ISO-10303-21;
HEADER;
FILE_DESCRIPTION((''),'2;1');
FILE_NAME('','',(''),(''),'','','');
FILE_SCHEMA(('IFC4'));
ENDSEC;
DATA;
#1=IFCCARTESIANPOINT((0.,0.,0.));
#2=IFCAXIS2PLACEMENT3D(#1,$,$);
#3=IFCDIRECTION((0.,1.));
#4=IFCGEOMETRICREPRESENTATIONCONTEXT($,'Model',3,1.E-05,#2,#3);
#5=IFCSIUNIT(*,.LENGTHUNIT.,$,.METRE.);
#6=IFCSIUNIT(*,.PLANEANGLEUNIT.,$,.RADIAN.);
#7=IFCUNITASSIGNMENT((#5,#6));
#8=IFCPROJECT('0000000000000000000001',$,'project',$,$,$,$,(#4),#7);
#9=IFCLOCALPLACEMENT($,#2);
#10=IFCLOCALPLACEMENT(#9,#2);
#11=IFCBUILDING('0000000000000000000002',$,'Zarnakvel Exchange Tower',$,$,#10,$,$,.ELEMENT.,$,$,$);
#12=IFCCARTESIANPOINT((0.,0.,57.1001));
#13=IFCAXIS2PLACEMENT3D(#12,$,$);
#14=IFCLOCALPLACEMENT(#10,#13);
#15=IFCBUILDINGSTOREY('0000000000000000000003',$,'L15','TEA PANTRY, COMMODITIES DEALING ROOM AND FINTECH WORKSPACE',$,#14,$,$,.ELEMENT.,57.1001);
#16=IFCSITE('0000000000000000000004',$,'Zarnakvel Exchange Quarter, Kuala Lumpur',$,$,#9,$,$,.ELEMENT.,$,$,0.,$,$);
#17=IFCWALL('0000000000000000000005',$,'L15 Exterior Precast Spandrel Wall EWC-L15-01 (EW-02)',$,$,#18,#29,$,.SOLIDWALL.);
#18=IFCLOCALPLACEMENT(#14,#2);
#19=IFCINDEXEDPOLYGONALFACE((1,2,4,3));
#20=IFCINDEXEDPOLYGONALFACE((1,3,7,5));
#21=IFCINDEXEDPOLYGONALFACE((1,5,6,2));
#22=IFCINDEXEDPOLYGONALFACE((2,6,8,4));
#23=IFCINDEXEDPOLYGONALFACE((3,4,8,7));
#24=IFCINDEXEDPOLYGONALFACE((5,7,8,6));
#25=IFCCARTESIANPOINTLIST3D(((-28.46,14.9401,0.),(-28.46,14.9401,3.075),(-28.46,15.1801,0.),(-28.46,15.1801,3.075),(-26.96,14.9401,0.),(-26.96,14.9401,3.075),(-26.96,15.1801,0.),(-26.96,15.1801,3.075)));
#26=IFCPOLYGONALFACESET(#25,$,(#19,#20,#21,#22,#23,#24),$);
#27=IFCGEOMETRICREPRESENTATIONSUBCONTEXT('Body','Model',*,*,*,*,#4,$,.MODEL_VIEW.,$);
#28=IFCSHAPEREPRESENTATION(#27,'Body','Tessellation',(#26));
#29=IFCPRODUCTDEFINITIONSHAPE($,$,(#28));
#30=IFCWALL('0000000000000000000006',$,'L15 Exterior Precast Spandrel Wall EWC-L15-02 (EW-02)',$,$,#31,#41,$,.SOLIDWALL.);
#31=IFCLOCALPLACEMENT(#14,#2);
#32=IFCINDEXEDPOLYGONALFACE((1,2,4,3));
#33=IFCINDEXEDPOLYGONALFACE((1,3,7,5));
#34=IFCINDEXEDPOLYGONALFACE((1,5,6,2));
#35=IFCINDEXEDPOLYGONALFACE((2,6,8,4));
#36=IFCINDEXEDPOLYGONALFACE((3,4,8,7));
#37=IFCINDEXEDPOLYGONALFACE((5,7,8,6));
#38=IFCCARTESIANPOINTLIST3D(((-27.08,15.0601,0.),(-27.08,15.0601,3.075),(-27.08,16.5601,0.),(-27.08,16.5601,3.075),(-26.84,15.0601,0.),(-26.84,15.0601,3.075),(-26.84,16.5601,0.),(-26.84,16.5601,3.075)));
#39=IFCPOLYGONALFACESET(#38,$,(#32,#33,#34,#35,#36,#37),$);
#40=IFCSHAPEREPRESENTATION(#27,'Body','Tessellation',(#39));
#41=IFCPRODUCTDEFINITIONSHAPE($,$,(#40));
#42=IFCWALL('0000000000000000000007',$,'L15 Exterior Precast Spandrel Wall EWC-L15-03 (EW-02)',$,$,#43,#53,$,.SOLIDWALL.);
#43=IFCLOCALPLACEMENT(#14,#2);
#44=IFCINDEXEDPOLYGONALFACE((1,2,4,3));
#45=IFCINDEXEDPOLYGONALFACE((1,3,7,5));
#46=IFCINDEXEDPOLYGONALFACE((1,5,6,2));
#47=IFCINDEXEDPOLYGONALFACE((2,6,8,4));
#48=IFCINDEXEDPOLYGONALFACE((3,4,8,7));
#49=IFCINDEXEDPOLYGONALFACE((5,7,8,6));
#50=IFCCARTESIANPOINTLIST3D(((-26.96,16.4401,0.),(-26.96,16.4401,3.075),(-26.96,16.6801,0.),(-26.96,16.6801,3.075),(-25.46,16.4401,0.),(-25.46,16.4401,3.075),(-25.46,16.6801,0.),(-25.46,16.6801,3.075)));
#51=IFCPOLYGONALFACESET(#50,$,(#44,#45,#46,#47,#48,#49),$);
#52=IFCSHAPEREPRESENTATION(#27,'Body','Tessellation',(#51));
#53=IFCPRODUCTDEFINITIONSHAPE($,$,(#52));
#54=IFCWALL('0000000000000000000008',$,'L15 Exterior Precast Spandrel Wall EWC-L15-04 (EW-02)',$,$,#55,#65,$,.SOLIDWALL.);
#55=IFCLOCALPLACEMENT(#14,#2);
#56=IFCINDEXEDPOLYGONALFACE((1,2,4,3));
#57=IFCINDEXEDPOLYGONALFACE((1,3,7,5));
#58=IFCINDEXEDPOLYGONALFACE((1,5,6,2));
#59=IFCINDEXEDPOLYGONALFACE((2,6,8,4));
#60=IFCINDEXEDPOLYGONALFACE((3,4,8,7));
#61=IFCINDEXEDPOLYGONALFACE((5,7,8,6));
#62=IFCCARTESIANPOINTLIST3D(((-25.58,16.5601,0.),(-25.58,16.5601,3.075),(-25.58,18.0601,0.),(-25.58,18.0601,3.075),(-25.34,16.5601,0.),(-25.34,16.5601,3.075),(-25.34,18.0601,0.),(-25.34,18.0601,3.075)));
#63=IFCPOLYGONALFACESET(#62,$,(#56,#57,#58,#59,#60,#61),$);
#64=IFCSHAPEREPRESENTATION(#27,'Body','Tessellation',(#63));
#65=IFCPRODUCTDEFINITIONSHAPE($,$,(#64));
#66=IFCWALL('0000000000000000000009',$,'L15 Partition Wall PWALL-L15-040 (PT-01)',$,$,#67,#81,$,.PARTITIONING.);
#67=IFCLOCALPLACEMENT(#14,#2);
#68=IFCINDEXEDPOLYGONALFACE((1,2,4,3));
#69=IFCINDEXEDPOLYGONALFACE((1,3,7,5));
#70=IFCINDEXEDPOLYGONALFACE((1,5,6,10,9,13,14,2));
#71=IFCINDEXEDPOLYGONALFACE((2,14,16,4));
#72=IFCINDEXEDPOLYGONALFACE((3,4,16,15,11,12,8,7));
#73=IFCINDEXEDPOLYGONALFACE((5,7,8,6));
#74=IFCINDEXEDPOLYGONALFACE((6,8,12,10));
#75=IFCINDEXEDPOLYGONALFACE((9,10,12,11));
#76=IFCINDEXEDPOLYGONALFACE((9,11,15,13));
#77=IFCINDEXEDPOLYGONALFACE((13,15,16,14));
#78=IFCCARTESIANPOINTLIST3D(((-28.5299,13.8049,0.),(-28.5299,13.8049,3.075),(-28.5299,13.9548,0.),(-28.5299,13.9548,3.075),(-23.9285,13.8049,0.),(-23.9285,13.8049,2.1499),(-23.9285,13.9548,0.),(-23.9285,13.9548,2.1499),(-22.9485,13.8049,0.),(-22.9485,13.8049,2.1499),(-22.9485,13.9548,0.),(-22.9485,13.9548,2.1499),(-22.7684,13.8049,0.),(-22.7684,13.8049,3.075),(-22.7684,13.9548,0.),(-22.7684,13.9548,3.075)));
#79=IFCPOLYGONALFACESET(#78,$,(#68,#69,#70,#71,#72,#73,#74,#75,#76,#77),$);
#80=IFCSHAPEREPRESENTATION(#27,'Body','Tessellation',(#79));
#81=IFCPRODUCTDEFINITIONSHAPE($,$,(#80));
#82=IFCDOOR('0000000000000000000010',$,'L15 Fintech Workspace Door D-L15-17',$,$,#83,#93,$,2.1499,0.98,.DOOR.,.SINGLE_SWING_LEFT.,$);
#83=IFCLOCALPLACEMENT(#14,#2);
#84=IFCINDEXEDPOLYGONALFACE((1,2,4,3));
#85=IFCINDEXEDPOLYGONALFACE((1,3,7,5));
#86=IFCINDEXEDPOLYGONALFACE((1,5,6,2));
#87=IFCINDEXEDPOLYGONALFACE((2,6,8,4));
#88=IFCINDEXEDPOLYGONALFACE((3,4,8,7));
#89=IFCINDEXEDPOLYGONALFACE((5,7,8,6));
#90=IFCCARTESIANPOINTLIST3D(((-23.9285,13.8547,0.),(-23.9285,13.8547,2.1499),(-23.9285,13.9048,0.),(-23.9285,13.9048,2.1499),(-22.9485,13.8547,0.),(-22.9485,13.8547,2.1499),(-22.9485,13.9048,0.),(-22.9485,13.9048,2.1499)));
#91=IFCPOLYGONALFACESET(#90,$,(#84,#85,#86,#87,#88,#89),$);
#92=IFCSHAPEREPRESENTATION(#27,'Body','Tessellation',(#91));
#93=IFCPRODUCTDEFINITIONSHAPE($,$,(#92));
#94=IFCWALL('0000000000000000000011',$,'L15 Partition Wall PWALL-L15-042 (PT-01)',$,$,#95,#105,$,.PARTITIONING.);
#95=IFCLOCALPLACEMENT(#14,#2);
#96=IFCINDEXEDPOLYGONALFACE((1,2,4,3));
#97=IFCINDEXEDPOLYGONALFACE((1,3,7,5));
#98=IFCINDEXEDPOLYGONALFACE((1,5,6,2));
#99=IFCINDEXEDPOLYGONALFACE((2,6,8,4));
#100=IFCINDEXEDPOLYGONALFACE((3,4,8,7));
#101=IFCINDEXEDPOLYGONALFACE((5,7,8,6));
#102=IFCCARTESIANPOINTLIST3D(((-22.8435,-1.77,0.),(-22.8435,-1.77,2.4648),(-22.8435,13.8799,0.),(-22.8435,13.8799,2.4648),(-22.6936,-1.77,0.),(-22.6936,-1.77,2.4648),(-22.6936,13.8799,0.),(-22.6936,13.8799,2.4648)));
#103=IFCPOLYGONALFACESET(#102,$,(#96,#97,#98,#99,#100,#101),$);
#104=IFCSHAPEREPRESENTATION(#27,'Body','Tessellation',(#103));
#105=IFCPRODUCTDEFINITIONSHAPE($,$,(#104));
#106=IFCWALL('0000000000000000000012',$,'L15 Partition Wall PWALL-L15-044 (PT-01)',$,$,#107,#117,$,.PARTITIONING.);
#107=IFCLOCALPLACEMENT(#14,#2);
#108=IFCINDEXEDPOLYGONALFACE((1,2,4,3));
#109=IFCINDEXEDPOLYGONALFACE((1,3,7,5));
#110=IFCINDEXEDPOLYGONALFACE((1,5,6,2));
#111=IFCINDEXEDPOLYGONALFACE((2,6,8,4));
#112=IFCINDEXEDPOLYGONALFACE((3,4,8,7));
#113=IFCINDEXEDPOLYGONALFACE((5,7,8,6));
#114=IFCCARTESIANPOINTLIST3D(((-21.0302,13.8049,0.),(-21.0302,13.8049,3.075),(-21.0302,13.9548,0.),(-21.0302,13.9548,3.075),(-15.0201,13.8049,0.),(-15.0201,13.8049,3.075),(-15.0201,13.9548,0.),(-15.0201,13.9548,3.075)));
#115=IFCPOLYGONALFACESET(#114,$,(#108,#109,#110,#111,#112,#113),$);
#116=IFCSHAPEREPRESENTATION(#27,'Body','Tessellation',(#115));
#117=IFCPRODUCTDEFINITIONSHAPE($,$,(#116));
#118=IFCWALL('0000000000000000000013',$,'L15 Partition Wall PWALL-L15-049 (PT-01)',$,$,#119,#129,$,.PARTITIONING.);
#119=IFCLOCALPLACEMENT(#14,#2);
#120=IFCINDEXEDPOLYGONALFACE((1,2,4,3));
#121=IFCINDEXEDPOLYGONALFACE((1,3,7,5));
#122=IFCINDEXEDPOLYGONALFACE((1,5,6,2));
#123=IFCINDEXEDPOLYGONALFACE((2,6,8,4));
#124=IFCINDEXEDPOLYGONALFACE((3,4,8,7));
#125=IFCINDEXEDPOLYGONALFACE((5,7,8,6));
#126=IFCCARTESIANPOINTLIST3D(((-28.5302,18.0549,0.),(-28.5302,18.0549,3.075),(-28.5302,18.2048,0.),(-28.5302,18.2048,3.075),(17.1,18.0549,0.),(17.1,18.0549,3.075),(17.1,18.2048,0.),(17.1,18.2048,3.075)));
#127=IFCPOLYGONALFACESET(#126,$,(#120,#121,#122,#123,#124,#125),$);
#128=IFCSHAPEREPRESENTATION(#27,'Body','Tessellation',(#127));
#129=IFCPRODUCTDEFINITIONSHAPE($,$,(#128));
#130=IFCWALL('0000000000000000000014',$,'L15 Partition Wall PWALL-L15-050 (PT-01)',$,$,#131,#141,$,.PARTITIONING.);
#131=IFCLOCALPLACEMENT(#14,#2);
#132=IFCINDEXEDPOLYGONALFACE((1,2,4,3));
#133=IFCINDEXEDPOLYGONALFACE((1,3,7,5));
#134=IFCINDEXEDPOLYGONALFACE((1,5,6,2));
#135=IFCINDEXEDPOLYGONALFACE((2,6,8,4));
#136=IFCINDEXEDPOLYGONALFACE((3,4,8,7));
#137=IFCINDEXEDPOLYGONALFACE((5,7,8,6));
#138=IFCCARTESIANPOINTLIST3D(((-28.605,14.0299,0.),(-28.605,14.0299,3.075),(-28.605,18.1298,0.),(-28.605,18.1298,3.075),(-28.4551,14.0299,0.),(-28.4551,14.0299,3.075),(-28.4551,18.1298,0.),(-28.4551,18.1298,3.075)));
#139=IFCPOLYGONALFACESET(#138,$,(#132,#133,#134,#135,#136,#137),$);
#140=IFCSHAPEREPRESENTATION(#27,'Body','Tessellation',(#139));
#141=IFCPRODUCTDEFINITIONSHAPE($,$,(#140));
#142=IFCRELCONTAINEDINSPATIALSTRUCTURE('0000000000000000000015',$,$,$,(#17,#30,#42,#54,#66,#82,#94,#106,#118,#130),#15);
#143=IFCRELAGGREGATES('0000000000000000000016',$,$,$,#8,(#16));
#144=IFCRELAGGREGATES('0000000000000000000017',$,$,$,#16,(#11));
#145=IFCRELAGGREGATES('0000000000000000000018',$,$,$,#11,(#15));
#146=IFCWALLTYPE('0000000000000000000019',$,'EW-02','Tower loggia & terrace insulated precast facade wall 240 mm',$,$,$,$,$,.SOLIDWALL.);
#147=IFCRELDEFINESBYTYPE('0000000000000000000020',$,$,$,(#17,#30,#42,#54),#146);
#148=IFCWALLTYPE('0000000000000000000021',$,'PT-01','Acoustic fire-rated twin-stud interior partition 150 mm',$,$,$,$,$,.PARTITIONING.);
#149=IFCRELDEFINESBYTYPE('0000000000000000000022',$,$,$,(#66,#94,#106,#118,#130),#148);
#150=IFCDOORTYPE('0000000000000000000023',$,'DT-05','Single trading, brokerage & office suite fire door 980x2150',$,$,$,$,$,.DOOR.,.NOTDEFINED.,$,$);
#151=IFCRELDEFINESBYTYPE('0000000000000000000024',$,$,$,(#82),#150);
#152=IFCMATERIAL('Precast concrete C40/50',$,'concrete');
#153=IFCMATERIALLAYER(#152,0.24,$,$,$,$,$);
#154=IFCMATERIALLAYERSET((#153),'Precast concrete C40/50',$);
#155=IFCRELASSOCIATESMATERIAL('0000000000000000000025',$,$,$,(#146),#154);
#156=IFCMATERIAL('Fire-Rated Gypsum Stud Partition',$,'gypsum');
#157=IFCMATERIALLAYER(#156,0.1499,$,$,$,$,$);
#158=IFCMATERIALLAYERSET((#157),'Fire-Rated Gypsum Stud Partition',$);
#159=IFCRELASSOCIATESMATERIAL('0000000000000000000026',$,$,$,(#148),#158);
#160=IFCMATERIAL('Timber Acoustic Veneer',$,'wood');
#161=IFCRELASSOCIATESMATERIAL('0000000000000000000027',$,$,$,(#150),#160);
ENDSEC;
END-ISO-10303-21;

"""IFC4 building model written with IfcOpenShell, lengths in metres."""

from ifc_helpers import new_model, si_unit, direction, frame, frame_2d, origin, place, context, subcontext, project, spatial, rectangle, extrude, source, transform, mapped, material, layer, layer_set, type_object, element, fill, save


model = new_model("IFC4")

# Units and contexts
model_context = context("Model", 3, precision=1e-05, world=origin(), true_north=direction((0.0, 1.0)))
body_context = subcontext(model_context, "Body", "Model", "MODEL_VIEW")
ifc_project = project(units=[si_unit("LENGTHUNIT", "METRE"), si_unit("PLANEANGLEUNIT", "RADIAN")], contexts=[model_context])

# Site, building, storey
site_placement = place(None, origin())
site = spatial("IfcSite", under=ifc_project, at=site_placement, Name="Zarnakvel Exchange Quarter, Kuala Lumpur", CompositionType="ELEMENT", RefElevation=0.0)
building_placement = place(site_placement, origin())
building = spatial("IfcBuilding", under=site, at=building_placement, Name="Zarnakvel Exchange Tower", CompositionType="ELEMENT")
storey_placement = place(building_placement, frame((0.0, 0.0, 57.1001)))
storey = spatial("IfcBuildingStorey", under=building, at=storey_placement, Name="L15", Description="TEA PANTRY, COMMODITIES DEALING ROOM AND FINTECH WORKSPACE", CompositionType="ELEMENT", Elevation=57.1001)

# Walls
ifc_material_1 = material(Name="Precast concrete C40/50", Category="concrete")
ifc_layer_1 = layer(ifc_material_1, 0.24)
ifc_layer_set_1 = layer_set([ifc_layer_1], Name="Precast concrete C40/50")
wall_type_1 = type_object("IfcWallType", Name="EW-02", Description="Tower loggia & terrace insulated precast facade wall 240 mm", PredefinedType="SOLIDWALL", material=ifc_layer_set_1)
for number, where, z_axis, x_axis, name in (
    (1, (-26.96, 15.0601, 0.0), (0.0, 0.0, 1.0), (-1.0, 0.0, 0.0), "L15 Exterior Precast Spandrel Wall EWC-L15-01 (EW-02)"),
    (2, (-26.96, 16.5601, 0.0), (0.0, 0.0, 1.0), (0.0, -1.0, 0.0), "L15 Exterior Precast Spandrel Wall EWC-L15-02 (EW-02)"),
    (3, (-25.46, 16.5601, 0.0), (0.0, 0.0, 1.0), (-1.0, 0.0, 0.0), "L15 Exterior Precast Spandrel Wall EWC-L15-03 (EW-02)"),
    (4, (-25.46, 18.0601, 0.0), (0.0, 0.0, 1.0), (0.0, -1.0, 0.0), "L15 Exterior Precast Spandrel Wall EWC-L15-04 (EW-02)"),
):
    element("IfcWall", number, at=place(storey_placement, frame(where, z_axis=z_axis, x_axis=x_axis)), inside=storey, type_object=wall_type_1, Name=name, PredefinedType="SOLIDWALL", context=body_context, shape_type="SweptSolid", body=[
        extrude(rectangle(XDim=1.5, YDim=0.24, at=frame_2d((0.75, 0.0))), origin(), (0.0, 0.0, 1.0), 3.075),
    ])

# Wall, opening, door
ifc_material_2 = material(Name="Fire-Rated Gypsum Stud Partition", Category="gypsum")
ifc_layer_2 = layer(ifc_material_2, 0.1499)
ifc_layer_set_2 = layer_set([ifc_layer_2], Name="Fire-Rated Gypsum Stud Partition")
wall_type_2 = type_object("IfcWallType", Name="PT-01", Description="Acoustic fire-rated twin-stud interior partition 150 mm", PredefinedType="PARTITIONING", material=ifc_layer_set_2)
wall_1_placement = place(storey_placement, frame((-28.53, 13.8799, 0.0), z_axis=(0.0, 0.0, 1.0), x_axis=(1.0, 0.0, 0.0)))
wall_1 = element("IfcWall", 5, at=wall_1_placement, inside=storey, type_object=wall_type_2, Name="L15 Partition Wall PWALL-L15-040 (PT-01)", PredefinedType="PARTITIONING", context=body_context, shape_type="SweptSolid", body=[
    extrude(rectangle(XDim=5.7615, YDim=0.1499, at=frame_2d((2.8809, 0.0))), origin(), (0.0, 0.0, 1.0), 3.075),
])
opening_placement = place(wall_1_placement, frame((4.6016, 0.0, 0.0)))
opening = element("IfcOpeningElement", 6, at=opening_placement, cuts=wall_1, PredefinedType="OPENING", context=body_context, shape_type="SweptSolid", body=[
    extrude(rectangle(XDim=0.98, YDim=2.1499, at=frame_2d((0.49, 1.075))), frame((0.0, 0.085, 0.0), z_axis=(0.0, -1.0, 0.0), x_axis=(1.0, 0.0, 0.0)), (0.0, 0.0, 1.0), 0.1699),
])
ifc_material_3 = material(Name="Timber Acoustic Veneer", Category="wood")
door_type = type_object("IfcDoorType", Name="DT-05", Description="Single trading, brokerage & office suite fire door 980x2150", OperationType="NOTDEFINED", PredefinedType="DOOR", material=ifc_material_3)
shared_shape_1 = source(origin(), body_context, "Body", "SweptSolid", [
    extrude(rectangle(XDim=0.98, YDim=2.1499, at=frame_2d((0.49, 1.075))), frame((0.0, 0.0249, 0.0), z_axis=(0.0, -1.0, 0.0), x_axis=(1.0, 0.0, 0.0)), (0.0, 0.0, 1.0), 0.05),
])
door_placement = place(opening_placement, origin())
door = element("IfcDoor", 7, at=door_placement, inside=storey, type_object=door_type, Name="L15 Fintech Workspace Door D-L15-17", OperationType="SINGLE_SWING_LEFT", OverallHeight=2.1499, OverallWidth=0.98, PredefinedType="DOOR", context=body_context, shape_type="MappedRepresentation", body=[
    mapped(shared_shape_1, transform((0.0, 0.0, 0.0), x_axis=(1.0, 0.0, 0.0), y_axis=(0.0, 1.0, 0.0), z_axis=(0.0, 0.0, 1.0), scale=1.0)),
])
fill(opening, door)

# Walls
wall_2_placement = place(storey_placement, frame((-22.7686, 13.8799, 0.0), z_axis=(0.0, 0.0, 1.0), x_axis=(0.0, -1.0, 0.0)))
element("IfcWall", 8, at=wall_2_placement, inside=storey, type_object=wall_type_2, Name="L15 Partition Wall PWALL-L15-042 (PT-01)", PredefinedType="PARTITIONING", context=body_context, shape_type="SweptSolid", body=[
    extrude(rectangle(XDim=15.6499, YDim=0.1499, at=frame_2d((7.825, 0.0))), origin(), (0.0, 0.0, 1.0), 2.4648),
])
wall_3_placement = place(storey_placement, frame((-21.03, 13.8799, 0.0), z_axis=(0.0, 0.0, 1.0), x_axis=(1.0, 0.0, 0.0)))
element("IfcWall", 9, at=wall_3_placement, inside=storey, type_object=wall_type_2, Name="L15 Partition Wall PWALL-L15-044 (PT-01)", PredefinedType="PARTITIONING", context=body_context, shape_type="SweptSolid", body=[
    extrude(rectangle(XDim=6.01, YDim=0.1499, at=frame_2d((3.0049, 0.0))), origin(), (0.0, 0.0, 1.0), 3.075),
])
wall_4_placement = place(storey_placement, frame((-28.53, 18.1299, 0.0), z_axis=(0.0, 0.0, 1.0), x_axis=(1.0, 0.0, 0.0)))
element("IfcWall", 10, at=wall_4_placement, inside=storey, type_object=wall_type_2, Name="L15 Partition Wall PWALL-L15-049 (PT-01)", PredefinedType="PARTITIONING", context=body_context, shape_type="SweptSolid", body=[
    extrude(rectangle(XDim=45.6301, YDim=0.1499, at=frame_2d((22.8149, 0.0))), origin(), (0.0, 0.0, 1.0), 3.075),
])
wall_5_placement = place(storey_placement, frame((-28.53, 14.03, 0.0), z_axis=(0.0, 0.0, 1.0), x_axis=(0.0, 1.0, 0.0)))
element("IfcWall", 11, at=wall_5_placement, inside=storey, type_object=wall_type_2, Name="L15 Partition Wall PWALL-L15-050 (PT-01)", PredefinedType="PARTITIONING", context=body_context, shape_type="SweptSolid", body=[
    extrude(rectangle(XDim=4.0999, YDim=0.1499, at=frame_2d((2.0498, 0.0))), origin(), (0.0, 0.0, 1.0), 3.075),
])

save(model, "model.ifc")
